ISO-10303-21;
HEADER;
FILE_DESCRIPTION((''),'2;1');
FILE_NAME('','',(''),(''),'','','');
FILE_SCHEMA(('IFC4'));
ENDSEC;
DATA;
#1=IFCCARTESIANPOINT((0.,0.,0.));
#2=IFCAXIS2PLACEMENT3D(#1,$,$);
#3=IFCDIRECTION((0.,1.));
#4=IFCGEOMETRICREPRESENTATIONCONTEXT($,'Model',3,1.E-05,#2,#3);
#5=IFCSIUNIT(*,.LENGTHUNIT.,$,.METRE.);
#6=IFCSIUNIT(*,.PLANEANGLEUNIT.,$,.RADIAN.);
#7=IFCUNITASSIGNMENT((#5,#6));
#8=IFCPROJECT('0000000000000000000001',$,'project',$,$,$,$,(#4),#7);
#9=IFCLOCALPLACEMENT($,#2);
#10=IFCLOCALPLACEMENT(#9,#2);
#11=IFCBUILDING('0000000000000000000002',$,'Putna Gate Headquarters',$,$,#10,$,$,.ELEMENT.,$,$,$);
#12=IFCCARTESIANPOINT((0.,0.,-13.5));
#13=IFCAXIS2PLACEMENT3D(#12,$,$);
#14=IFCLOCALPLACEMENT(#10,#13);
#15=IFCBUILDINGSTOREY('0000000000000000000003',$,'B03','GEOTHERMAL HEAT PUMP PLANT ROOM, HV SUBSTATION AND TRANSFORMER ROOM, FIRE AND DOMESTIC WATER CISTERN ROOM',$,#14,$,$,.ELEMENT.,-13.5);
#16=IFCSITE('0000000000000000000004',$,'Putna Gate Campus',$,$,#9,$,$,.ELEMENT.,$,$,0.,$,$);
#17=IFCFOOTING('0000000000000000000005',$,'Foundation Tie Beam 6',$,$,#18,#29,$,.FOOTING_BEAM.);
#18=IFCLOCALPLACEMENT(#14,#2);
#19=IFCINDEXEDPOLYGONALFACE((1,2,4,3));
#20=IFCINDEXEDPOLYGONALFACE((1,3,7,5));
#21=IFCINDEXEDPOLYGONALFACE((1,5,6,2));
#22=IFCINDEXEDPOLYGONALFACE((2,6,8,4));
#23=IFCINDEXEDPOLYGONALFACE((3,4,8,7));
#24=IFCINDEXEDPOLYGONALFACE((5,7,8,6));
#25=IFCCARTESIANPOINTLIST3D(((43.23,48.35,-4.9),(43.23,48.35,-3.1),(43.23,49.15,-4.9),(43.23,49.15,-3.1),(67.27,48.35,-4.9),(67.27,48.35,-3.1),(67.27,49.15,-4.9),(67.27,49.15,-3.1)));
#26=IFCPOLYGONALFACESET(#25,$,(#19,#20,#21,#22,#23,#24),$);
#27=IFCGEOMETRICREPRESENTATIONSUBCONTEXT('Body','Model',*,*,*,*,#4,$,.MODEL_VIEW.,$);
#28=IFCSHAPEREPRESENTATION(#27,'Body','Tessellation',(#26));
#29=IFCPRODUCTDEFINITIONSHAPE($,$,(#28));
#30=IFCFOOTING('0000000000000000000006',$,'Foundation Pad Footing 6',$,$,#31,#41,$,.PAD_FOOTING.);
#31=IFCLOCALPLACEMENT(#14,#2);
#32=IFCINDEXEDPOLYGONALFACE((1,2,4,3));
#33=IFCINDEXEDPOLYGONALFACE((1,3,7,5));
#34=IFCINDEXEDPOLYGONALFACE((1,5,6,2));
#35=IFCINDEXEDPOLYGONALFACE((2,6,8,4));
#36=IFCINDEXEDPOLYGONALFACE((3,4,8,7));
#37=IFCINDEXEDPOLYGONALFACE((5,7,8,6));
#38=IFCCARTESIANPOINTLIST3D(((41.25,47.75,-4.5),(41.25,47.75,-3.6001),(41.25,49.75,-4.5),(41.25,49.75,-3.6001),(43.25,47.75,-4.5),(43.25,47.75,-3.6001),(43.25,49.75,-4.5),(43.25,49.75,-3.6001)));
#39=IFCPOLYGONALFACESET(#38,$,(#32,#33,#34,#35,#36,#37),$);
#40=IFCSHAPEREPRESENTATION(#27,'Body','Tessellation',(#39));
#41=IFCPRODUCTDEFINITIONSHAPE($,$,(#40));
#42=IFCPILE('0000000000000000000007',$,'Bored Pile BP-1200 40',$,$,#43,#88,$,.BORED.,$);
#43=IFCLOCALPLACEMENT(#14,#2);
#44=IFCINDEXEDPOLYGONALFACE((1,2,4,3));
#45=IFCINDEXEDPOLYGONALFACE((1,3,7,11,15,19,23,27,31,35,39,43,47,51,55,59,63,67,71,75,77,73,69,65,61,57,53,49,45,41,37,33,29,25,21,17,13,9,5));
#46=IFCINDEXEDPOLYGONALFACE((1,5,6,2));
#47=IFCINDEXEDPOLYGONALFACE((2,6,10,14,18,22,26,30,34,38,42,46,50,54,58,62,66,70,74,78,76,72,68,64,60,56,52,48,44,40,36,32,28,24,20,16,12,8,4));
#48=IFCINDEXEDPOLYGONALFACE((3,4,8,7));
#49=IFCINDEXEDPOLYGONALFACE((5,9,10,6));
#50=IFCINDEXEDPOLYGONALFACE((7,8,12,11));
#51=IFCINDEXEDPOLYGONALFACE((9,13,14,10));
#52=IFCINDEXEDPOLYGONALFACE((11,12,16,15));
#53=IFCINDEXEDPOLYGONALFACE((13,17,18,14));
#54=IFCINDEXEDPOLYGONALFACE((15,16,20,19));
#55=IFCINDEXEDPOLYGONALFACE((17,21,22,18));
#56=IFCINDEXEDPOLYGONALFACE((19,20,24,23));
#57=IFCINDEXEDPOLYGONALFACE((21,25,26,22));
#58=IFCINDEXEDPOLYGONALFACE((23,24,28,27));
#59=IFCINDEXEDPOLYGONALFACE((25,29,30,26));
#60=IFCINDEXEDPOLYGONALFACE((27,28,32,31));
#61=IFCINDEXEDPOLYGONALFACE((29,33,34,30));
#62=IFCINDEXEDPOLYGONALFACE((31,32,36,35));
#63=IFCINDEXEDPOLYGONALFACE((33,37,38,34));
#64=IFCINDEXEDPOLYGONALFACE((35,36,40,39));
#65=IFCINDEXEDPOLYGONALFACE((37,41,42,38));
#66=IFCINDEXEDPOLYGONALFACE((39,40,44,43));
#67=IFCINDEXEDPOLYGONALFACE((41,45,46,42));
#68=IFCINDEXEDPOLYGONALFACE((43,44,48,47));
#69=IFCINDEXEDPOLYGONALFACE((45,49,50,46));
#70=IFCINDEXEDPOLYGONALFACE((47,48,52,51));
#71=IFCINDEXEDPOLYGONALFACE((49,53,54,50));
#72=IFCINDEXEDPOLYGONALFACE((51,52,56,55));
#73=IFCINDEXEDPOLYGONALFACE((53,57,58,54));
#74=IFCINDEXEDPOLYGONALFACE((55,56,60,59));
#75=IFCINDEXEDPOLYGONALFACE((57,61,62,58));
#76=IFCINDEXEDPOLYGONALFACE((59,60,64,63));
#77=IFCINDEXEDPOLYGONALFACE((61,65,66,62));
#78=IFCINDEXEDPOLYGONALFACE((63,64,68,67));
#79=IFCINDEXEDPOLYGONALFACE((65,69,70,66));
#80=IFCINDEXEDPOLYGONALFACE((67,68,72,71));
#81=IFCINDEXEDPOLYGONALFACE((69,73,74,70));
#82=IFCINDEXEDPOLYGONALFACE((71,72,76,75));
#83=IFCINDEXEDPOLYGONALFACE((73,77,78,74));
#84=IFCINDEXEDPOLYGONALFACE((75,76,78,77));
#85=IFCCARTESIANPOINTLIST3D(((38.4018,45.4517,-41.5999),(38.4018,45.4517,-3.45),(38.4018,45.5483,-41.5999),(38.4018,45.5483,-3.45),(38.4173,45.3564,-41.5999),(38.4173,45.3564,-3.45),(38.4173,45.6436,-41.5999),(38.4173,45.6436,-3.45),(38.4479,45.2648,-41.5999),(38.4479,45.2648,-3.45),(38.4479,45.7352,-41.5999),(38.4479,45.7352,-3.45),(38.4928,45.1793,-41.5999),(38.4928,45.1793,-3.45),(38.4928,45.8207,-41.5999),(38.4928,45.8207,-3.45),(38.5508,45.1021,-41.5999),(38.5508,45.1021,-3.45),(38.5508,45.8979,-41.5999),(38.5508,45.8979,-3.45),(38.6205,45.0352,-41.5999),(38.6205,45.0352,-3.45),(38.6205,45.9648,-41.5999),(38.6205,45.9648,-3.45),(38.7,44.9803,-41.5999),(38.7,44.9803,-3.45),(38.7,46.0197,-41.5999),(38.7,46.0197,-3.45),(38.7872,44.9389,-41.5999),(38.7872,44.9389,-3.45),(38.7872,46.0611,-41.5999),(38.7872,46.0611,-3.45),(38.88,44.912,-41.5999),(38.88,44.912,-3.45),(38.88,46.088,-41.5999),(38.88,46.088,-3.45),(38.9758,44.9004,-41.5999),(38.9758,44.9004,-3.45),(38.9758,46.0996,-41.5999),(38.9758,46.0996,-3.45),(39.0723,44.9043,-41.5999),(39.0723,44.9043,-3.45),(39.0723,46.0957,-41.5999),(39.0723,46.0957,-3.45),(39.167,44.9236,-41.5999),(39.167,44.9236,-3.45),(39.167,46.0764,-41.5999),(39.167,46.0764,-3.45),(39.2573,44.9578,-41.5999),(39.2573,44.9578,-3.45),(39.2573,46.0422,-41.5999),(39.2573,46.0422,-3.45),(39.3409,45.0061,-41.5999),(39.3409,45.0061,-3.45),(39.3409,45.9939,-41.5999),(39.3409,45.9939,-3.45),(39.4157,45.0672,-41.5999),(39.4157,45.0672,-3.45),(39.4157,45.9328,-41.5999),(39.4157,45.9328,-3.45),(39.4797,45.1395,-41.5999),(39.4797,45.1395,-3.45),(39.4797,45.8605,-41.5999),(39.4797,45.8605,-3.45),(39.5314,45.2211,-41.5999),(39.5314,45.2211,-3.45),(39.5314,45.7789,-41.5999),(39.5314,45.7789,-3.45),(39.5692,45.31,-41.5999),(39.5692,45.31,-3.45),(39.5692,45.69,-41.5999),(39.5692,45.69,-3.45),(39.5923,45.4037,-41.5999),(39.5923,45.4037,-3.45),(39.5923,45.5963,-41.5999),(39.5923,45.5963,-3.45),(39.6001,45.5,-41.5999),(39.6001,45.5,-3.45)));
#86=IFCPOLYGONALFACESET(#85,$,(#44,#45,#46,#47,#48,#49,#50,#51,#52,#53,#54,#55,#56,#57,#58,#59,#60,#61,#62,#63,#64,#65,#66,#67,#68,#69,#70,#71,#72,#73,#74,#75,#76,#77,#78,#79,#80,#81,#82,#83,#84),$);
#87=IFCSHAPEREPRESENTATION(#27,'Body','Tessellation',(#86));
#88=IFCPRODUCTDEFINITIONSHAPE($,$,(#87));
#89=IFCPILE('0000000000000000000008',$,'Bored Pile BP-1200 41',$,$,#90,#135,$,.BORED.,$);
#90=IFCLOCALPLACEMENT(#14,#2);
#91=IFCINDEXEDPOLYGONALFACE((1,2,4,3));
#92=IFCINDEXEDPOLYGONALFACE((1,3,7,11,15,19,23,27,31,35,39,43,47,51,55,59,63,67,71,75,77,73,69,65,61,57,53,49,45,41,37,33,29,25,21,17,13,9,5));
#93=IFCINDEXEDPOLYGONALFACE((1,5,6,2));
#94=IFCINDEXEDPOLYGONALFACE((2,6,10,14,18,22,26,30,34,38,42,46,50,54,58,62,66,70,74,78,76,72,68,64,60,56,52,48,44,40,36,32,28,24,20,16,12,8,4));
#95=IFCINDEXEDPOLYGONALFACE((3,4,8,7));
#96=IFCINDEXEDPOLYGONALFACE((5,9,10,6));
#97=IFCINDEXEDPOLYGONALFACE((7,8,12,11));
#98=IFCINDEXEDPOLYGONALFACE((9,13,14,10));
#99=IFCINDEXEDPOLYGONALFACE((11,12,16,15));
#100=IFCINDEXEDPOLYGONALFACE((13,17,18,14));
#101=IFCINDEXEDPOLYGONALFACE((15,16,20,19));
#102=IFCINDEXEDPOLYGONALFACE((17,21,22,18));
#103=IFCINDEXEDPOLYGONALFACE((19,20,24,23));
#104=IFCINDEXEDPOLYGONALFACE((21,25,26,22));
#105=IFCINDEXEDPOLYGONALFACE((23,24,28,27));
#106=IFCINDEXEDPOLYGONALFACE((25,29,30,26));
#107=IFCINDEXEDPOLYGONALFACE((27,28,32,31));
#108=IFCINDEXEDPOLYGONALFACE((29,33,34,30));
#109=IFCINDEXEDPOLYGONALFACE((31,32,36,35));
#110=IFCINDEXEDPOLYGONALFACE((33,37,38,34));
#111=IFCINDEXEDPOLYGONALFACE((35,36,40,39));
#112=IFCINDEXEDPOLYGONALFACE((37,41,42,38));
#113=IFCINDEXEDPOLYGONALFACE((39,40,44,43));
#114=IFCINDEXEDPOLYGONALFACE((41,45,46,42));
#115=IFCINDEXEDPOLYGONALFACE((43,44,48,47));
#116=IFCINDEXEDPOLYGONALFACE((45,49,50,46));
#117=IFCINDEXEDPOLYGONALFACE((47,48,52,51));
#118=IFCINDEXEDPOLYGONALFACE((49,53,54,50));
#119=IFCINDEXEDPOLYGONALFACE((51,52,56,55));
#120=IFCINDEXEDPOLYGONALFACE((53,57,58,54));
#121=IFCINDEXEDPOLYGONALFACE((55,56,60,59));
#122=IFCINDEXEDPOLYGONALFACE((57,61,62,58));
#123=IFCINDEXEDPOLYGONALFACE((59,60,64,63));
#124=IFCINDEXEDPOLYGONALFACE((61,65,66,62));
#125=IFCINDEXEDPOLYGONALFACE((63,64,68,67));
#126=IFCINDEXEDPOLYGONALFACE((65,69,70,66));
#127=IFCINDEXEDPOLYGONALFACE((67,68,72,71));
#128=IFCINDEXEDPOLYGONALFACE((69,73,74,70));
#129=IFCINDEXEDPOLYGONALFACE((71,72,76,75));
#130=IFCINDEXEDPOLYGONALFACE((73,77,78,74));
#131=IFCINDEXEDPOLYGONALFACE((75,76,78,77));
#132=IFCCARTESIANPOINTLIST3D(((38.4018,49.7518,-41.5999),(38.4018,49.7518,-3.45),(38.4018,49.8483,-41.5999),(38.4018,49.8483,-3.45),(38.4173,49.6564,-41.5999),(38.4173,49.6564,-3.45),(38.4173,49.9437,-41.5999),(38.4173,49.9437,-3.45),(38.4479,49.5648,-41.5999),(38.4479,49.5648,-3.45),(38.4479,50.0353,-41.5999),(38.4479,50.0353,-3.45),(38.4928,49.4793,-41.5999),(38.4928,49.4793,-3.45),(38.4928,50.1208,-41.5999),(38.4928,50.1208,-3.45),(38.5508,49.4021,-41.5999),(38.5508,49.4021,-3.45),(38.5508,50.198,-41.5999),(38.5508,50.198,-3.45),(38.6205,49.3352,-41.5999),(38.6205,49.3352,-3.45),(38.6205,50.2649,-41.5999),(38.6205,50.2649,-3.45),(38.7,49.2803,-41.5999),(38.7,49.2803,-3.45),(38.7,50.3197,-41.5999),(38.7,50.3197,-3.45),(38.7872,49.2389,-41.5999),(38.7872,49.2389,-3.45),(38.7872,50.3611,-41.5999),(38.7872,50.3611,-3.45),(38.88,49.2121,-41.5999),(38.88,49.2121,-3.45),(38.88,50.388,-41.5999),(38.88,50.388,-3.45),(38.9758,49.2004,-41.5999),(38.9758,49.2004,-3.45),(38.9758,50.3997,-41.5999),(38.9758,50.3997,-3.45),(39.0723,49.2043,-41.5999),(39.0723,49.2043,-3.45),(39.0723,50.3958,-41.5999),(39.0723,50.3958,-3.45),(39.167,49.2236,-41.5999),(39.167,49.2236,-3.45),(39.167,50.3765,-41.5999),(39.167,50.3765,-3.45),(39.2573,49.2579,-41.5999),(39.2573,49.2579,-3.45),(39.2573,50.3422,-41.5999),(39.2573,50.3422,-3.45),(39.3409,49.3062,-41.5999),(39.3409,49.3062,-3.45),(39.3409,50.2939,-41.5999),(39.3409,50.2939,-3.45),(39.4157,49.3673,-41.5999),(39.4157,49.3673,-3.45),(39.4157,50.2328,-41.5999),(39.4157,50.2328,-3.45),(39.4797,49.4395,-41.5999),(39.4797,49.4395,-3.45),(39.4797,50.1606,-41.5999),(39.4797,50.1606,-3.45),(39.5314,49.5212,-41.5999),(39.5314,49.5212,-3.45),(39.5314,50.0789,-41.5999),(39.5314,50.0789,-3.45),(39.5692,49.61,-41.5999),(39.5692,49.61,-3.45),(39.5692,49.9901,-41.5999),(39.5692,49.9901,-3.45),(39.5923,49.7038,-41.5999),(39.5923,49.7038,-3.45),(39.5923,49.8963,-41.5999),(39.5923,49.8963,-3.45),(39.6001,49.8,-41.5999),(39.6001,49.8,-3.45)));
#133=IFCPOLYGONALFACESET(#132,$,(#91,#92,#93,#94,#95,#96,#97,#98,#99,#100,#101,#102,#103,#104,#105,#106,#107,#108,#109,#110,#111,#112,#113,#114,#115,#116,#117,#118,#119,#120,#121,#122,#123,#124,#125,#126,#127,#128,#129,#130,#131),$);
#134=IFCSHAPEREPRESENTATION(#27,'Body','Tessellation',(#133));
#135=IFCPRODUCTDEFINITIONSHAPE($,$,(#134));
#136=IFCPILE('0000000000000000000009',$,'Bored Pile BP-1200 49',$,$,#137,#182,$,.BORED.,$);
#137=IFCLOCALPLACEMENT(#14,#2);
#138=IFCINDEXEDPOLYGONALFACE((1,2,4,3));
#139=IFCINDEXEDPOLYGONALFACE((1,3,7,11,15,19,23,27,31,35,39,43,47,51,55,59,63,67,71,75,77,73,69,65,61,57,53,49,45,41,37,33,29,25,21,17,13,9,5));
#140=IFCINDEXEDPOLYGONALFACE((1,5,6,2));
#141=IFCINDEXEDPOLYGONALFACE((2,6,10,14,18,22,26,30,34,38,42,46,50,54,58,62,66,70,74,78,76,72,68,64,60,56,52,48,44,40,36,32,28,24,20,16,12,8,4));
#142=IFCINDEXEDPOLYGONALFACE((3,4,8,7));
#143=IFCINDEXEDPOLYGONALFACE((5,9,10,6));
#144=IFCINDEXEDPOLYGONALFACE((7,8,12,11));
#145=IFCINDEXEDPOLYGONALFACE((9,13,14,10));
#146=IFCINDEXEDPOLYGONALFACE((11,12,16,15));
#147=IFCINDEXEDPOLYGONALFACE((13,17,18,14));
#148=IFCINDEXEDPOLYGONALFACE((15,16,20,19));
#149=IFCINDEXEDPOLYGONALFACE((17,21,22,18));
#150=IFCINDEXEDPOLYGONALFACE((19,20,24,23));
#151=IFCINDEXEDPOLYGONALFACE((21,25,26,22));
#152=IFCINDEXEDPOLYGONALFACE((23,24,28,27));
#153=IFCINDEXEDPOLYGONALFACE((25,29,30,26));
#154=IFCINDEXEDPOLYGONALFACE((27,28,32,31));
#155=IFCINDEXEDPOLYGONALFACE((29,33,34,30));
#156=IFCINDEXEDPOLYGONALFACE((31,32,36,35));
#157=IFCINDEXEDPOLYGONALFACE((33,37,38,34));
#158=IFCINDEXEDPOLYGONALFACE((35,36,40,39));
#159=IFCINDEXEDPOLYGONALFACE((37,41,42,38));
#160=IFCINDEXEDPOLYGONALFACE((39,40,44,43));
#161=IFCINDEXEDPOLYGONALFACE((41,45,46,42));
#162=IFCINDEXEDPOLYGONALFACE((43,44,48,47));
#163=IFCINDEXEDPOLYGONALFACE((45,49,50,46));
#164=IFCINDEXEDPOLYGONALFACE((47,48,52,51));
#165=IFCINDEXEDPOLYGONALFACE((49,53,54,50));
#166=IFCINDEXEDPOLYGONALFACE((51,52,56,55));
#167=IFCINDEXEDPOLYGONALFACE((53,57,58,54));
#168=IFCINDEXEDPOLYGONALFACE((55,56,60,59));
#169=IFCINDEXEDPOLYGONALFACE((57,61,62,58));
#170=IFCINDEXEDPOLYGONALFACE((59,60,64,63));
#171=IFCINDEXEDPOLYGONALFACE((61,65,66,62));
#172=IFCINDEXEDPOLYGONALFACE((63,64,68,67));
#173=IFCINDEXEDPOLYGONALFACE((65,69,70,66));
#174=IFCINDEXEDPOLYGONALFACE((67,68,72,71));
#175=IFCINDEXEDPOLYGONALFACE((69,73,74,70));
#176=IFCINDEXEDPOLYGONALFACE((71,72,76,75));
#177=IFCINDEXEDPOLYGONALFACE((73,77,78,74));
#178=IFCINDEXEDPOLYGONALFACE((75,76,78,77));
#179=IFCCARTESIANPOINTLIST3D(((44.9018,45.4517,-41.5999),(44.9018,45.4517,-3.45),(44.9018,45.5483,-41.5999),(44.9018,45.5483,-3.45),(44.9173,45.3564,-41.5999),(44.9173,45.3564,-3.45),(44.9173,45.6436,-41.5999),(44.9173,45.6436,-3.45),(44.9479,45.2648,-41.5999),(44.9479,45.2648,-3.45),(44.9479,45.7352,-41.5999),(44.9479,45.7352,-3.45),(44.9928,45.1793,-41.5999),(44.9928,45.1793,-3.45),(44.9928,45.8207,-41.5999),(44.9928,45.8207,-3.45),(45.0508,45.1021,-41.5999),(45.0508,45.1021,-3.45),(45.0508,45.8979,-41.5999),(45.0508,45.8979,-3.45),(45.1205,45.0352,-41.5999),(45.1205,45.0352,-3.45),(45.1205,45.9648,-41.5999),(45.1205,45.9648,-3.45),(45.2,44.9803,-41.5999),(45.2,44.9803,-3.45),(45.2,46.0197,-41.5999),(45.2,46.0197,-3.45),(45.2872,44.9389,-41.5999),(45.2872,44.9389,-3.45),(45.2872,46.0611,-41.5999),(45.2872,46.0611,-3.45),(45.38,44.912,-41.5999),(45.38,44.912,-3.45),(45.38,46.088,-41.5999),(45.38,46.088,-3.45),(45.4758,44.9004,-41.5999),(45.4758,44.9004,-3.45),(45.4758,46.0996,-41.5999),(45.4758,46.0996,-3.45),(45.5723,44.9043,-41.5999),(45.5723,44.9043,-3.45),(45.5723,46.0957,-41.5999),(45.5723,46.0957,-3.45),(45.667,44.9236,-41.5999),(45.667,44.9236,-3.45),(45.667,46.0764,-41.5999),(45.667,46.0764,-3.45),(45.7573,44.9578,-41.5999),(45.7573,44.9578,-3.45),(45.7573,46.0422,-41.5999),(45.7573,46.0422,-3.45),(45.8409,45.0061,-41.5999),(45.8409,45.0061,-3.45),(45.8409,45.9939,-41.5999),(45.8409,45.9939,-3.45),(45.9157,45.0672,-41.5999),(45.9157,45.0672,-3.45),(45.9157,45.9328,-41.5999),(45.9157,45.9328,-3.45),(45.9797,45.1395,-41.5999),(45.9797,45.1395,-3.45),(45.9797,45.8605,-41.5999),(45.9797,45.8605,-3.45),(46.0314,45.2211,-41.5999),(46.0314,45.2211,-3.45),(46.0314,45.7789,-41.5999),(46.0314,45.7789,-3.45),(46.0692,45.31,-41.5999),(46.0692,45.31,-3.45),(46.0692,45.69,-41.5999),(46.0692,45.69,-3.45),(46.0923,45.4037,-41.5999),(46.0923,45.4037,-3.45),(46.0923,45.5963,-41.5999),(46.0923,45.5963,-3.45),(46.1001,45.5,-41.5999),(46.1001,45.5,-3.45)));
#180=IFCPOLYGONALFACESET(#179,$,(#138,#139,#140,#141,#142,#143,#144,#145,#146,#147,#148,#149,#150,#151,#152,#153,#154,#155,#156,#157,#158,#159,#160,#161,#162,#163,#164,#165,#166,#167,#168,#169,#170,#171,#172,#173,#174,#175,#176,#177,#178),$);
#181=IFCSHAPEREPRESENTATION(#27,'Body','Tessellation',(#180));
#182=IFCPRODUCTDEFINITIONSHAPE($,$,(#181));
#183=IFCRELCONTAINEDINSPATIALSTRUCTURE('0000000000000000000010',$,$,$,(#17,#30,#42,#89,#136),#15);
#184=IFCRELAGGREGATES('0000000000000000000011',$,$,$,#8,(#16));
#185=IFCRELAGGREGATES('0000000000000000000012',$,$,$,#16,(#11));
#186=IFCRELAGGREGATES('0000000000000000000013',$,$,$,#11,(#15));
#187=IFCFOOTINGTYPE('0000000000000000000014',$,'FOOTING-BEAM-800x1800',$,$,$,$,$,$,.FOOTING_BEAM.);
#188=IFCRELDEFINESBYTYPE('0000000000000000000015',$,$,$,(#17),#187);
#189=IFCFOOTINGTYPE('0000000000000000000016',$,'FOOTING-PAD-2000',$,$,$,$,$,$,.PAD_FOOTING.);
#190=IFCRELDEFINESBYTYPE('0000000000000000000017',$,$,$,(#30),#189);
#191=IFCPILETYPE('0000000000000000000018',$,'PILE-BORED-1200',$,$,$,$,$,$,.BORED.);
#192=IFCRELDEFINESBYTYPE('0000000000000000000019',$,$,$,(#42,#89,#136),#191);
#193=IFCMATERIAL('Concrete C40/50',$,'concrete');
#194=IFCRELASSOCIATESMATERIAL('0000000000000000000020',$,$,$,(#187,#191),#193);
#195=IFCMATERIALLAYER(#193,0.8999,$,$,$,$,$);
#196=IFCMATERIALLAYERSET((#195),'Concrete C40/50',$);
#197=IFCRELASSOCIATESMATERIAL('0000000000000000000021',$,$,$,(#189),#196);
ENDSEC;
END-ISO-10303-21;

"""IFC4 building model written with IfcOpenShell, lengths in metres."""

from ifc_helpers import new_model, si_unit, direction, frame, origin, origin_2d, place, context, subcontext, project, spatial, rectangle, circle, extrude, material, layer, layer_set, material_profile, profile_set, type_object, element, save


model = new_model("IFC4")

# Units and contexts
model_context = context("Model", 3, precision=1e-05, world=origin(), true_north=direction((0.0, 1.0)))
body_context = subcontext(model_context, "Body", "Model", "MODEL_VIEW")
ifc_project = project(units=[si_unit("LENGTHUNIT", "METRE"), si_unit("PLANEANGLEUNIT", "RADIAN")], contexts=[model_context])

# Site, building, storey
site_placement = place(None, origin())
site = spatial("IfcSite", under=ifc_project, at=site_placement, Name="Putna Gate Campus", CompositionType="ELEMENT", RefElevation=0.0)
building_placement = place(site_placement, origin())
building = spatial("IfcBuilding", under=site, at=building_placement, Name="Putna Gate Headquarters", CompositionType="ELEMENT")
storey_placement = place(building_placement, frame((0.0, 0.0, -13.5)))
storey = spatial("IfcBuildingStorey", under=building, at=storey_placement, Name="B03", Description="GEOTHERMAL HEAT PUMP PLANT ROOM, HV SUBSTATION AND TRANSFORMER ROOM, FIRE AND DOMESTIC WATER CISTERN ROOM", CompositionType="ELEMENT", Elevation=-13.5)

# Footings
ifc_material_1 = material(Name="Concrete C40/50", Category="concrete")
ifc_material_profile_1 = material_profile(ifc_material_1, rectangle(XDim=0.8, YDim=1.8, at=origin_2d()), Name="Concrete C40/50")
ifc_profile_set_1 = profile_set([ifc_material_profile_1], Name="Concrete C40/50")
footing_type_1 = type_object("IfcFootingType", Name="FOOTING-BEAM-800x1800", PredefinedType="FOOTING_BEAM", material=ifc_profile_set_1)
footing_1_placement = place(storey_placement, frame((43.23, 48.75, -4.0), z_axis=(1.0, 0.0, 0.0), x_axis=(0.0, 1.0, 0.0)))
element("IfcFooting", 1, at=footing_1_placement, inside=storey, type_object=footing_type_1, Name="Foundation Tie Beam 6", PredefinedType="FOOTING_BEAM", context=body_context, shape_type="SweptSolid", body=[
    extrude(rectangle(XDim=0.8, YDim=1.8, at=origin_2d()), origin(), (0.0, 0.0, 1.0), 24.04),
])
ifc_layer_1 = layer(ifc_material_1, 0.8999)
ifc_layer_set_1 = layer_set([ifc_layer_1], Name="Concrete C40/50")
footing_type_2 = type_object("IfcFootingType", Name="FOOTING-PAD-2000", PredefinedType="PAD_FOOTING", material=ifc_layer_set_1)
footing_2_placement = place(storey_placement, frame((42.25, 48.75, -4.5), z_axis=(0.0, 0.0, 1.0), x_axis=(1.0, 0.0, 0.0)))
element("IfcFooting", 2, at=footing_2_placement, inside=storey, type_object=footing_type_2, Name="Foundation Pad Footing 6", PredefinedType="PAD_FOOTING", context=body_context, shape_type="SweptSolid", body=[
    extrude(rectangle(XDim=2.0, YDim=2.0, at=origin_2d()), origin(), (0.0, 0.0, 1.0), 0.8999),
])

# Piles
ifc_material_profile_2 = material_profile(ifc_material_1, circle(Radius=0.6001, at=origin_2d()), Name="Concrete C40/50")
ifc_profile_set_2 = profile_set([ifc_material_profile_2], Name="Concrete C40/50")
pile_type_1 = type_object("IfcPileType", Name="PILE-BORED-1200", PredefinedType="BORED", material=ifc_profile_set_2)
for number, where, z_axis, x_axis, name in (
    (3, (39.0, 45.5, -3.45), (0.0, 0.0, -1.0), (1.0, 0.0, 0.0), "Bored Pile BP-1200 40"),
    (4, (39.0, 49.8, -3.45), (0.0, 0.0, -1.0), (1.0, 0.0, 0.0), "Bored Pile BP-1200 41"),
    (5, (45.5, 45.5, -3.45), (0.0, 0.0, -1.0), (1.0, 0.0, 0.0), "Bored Pile BP-1200 49"),
):
    element("IfcPile", number, at=place(storey_placement, frame(where, z_axis=z_axis, x_axis=x_axis)), inside=storey, type_object=pile_type_1, Name=name, PredefinedType="BORED", context=body_context, shape_type="SweptSolid", body=[
        extrude(circle(Radius=0.6001, at=origin_2d()), origin(), (0.0, 0.0, 1.0), 38.1499),
    ])

save(model, "model.ifc")
